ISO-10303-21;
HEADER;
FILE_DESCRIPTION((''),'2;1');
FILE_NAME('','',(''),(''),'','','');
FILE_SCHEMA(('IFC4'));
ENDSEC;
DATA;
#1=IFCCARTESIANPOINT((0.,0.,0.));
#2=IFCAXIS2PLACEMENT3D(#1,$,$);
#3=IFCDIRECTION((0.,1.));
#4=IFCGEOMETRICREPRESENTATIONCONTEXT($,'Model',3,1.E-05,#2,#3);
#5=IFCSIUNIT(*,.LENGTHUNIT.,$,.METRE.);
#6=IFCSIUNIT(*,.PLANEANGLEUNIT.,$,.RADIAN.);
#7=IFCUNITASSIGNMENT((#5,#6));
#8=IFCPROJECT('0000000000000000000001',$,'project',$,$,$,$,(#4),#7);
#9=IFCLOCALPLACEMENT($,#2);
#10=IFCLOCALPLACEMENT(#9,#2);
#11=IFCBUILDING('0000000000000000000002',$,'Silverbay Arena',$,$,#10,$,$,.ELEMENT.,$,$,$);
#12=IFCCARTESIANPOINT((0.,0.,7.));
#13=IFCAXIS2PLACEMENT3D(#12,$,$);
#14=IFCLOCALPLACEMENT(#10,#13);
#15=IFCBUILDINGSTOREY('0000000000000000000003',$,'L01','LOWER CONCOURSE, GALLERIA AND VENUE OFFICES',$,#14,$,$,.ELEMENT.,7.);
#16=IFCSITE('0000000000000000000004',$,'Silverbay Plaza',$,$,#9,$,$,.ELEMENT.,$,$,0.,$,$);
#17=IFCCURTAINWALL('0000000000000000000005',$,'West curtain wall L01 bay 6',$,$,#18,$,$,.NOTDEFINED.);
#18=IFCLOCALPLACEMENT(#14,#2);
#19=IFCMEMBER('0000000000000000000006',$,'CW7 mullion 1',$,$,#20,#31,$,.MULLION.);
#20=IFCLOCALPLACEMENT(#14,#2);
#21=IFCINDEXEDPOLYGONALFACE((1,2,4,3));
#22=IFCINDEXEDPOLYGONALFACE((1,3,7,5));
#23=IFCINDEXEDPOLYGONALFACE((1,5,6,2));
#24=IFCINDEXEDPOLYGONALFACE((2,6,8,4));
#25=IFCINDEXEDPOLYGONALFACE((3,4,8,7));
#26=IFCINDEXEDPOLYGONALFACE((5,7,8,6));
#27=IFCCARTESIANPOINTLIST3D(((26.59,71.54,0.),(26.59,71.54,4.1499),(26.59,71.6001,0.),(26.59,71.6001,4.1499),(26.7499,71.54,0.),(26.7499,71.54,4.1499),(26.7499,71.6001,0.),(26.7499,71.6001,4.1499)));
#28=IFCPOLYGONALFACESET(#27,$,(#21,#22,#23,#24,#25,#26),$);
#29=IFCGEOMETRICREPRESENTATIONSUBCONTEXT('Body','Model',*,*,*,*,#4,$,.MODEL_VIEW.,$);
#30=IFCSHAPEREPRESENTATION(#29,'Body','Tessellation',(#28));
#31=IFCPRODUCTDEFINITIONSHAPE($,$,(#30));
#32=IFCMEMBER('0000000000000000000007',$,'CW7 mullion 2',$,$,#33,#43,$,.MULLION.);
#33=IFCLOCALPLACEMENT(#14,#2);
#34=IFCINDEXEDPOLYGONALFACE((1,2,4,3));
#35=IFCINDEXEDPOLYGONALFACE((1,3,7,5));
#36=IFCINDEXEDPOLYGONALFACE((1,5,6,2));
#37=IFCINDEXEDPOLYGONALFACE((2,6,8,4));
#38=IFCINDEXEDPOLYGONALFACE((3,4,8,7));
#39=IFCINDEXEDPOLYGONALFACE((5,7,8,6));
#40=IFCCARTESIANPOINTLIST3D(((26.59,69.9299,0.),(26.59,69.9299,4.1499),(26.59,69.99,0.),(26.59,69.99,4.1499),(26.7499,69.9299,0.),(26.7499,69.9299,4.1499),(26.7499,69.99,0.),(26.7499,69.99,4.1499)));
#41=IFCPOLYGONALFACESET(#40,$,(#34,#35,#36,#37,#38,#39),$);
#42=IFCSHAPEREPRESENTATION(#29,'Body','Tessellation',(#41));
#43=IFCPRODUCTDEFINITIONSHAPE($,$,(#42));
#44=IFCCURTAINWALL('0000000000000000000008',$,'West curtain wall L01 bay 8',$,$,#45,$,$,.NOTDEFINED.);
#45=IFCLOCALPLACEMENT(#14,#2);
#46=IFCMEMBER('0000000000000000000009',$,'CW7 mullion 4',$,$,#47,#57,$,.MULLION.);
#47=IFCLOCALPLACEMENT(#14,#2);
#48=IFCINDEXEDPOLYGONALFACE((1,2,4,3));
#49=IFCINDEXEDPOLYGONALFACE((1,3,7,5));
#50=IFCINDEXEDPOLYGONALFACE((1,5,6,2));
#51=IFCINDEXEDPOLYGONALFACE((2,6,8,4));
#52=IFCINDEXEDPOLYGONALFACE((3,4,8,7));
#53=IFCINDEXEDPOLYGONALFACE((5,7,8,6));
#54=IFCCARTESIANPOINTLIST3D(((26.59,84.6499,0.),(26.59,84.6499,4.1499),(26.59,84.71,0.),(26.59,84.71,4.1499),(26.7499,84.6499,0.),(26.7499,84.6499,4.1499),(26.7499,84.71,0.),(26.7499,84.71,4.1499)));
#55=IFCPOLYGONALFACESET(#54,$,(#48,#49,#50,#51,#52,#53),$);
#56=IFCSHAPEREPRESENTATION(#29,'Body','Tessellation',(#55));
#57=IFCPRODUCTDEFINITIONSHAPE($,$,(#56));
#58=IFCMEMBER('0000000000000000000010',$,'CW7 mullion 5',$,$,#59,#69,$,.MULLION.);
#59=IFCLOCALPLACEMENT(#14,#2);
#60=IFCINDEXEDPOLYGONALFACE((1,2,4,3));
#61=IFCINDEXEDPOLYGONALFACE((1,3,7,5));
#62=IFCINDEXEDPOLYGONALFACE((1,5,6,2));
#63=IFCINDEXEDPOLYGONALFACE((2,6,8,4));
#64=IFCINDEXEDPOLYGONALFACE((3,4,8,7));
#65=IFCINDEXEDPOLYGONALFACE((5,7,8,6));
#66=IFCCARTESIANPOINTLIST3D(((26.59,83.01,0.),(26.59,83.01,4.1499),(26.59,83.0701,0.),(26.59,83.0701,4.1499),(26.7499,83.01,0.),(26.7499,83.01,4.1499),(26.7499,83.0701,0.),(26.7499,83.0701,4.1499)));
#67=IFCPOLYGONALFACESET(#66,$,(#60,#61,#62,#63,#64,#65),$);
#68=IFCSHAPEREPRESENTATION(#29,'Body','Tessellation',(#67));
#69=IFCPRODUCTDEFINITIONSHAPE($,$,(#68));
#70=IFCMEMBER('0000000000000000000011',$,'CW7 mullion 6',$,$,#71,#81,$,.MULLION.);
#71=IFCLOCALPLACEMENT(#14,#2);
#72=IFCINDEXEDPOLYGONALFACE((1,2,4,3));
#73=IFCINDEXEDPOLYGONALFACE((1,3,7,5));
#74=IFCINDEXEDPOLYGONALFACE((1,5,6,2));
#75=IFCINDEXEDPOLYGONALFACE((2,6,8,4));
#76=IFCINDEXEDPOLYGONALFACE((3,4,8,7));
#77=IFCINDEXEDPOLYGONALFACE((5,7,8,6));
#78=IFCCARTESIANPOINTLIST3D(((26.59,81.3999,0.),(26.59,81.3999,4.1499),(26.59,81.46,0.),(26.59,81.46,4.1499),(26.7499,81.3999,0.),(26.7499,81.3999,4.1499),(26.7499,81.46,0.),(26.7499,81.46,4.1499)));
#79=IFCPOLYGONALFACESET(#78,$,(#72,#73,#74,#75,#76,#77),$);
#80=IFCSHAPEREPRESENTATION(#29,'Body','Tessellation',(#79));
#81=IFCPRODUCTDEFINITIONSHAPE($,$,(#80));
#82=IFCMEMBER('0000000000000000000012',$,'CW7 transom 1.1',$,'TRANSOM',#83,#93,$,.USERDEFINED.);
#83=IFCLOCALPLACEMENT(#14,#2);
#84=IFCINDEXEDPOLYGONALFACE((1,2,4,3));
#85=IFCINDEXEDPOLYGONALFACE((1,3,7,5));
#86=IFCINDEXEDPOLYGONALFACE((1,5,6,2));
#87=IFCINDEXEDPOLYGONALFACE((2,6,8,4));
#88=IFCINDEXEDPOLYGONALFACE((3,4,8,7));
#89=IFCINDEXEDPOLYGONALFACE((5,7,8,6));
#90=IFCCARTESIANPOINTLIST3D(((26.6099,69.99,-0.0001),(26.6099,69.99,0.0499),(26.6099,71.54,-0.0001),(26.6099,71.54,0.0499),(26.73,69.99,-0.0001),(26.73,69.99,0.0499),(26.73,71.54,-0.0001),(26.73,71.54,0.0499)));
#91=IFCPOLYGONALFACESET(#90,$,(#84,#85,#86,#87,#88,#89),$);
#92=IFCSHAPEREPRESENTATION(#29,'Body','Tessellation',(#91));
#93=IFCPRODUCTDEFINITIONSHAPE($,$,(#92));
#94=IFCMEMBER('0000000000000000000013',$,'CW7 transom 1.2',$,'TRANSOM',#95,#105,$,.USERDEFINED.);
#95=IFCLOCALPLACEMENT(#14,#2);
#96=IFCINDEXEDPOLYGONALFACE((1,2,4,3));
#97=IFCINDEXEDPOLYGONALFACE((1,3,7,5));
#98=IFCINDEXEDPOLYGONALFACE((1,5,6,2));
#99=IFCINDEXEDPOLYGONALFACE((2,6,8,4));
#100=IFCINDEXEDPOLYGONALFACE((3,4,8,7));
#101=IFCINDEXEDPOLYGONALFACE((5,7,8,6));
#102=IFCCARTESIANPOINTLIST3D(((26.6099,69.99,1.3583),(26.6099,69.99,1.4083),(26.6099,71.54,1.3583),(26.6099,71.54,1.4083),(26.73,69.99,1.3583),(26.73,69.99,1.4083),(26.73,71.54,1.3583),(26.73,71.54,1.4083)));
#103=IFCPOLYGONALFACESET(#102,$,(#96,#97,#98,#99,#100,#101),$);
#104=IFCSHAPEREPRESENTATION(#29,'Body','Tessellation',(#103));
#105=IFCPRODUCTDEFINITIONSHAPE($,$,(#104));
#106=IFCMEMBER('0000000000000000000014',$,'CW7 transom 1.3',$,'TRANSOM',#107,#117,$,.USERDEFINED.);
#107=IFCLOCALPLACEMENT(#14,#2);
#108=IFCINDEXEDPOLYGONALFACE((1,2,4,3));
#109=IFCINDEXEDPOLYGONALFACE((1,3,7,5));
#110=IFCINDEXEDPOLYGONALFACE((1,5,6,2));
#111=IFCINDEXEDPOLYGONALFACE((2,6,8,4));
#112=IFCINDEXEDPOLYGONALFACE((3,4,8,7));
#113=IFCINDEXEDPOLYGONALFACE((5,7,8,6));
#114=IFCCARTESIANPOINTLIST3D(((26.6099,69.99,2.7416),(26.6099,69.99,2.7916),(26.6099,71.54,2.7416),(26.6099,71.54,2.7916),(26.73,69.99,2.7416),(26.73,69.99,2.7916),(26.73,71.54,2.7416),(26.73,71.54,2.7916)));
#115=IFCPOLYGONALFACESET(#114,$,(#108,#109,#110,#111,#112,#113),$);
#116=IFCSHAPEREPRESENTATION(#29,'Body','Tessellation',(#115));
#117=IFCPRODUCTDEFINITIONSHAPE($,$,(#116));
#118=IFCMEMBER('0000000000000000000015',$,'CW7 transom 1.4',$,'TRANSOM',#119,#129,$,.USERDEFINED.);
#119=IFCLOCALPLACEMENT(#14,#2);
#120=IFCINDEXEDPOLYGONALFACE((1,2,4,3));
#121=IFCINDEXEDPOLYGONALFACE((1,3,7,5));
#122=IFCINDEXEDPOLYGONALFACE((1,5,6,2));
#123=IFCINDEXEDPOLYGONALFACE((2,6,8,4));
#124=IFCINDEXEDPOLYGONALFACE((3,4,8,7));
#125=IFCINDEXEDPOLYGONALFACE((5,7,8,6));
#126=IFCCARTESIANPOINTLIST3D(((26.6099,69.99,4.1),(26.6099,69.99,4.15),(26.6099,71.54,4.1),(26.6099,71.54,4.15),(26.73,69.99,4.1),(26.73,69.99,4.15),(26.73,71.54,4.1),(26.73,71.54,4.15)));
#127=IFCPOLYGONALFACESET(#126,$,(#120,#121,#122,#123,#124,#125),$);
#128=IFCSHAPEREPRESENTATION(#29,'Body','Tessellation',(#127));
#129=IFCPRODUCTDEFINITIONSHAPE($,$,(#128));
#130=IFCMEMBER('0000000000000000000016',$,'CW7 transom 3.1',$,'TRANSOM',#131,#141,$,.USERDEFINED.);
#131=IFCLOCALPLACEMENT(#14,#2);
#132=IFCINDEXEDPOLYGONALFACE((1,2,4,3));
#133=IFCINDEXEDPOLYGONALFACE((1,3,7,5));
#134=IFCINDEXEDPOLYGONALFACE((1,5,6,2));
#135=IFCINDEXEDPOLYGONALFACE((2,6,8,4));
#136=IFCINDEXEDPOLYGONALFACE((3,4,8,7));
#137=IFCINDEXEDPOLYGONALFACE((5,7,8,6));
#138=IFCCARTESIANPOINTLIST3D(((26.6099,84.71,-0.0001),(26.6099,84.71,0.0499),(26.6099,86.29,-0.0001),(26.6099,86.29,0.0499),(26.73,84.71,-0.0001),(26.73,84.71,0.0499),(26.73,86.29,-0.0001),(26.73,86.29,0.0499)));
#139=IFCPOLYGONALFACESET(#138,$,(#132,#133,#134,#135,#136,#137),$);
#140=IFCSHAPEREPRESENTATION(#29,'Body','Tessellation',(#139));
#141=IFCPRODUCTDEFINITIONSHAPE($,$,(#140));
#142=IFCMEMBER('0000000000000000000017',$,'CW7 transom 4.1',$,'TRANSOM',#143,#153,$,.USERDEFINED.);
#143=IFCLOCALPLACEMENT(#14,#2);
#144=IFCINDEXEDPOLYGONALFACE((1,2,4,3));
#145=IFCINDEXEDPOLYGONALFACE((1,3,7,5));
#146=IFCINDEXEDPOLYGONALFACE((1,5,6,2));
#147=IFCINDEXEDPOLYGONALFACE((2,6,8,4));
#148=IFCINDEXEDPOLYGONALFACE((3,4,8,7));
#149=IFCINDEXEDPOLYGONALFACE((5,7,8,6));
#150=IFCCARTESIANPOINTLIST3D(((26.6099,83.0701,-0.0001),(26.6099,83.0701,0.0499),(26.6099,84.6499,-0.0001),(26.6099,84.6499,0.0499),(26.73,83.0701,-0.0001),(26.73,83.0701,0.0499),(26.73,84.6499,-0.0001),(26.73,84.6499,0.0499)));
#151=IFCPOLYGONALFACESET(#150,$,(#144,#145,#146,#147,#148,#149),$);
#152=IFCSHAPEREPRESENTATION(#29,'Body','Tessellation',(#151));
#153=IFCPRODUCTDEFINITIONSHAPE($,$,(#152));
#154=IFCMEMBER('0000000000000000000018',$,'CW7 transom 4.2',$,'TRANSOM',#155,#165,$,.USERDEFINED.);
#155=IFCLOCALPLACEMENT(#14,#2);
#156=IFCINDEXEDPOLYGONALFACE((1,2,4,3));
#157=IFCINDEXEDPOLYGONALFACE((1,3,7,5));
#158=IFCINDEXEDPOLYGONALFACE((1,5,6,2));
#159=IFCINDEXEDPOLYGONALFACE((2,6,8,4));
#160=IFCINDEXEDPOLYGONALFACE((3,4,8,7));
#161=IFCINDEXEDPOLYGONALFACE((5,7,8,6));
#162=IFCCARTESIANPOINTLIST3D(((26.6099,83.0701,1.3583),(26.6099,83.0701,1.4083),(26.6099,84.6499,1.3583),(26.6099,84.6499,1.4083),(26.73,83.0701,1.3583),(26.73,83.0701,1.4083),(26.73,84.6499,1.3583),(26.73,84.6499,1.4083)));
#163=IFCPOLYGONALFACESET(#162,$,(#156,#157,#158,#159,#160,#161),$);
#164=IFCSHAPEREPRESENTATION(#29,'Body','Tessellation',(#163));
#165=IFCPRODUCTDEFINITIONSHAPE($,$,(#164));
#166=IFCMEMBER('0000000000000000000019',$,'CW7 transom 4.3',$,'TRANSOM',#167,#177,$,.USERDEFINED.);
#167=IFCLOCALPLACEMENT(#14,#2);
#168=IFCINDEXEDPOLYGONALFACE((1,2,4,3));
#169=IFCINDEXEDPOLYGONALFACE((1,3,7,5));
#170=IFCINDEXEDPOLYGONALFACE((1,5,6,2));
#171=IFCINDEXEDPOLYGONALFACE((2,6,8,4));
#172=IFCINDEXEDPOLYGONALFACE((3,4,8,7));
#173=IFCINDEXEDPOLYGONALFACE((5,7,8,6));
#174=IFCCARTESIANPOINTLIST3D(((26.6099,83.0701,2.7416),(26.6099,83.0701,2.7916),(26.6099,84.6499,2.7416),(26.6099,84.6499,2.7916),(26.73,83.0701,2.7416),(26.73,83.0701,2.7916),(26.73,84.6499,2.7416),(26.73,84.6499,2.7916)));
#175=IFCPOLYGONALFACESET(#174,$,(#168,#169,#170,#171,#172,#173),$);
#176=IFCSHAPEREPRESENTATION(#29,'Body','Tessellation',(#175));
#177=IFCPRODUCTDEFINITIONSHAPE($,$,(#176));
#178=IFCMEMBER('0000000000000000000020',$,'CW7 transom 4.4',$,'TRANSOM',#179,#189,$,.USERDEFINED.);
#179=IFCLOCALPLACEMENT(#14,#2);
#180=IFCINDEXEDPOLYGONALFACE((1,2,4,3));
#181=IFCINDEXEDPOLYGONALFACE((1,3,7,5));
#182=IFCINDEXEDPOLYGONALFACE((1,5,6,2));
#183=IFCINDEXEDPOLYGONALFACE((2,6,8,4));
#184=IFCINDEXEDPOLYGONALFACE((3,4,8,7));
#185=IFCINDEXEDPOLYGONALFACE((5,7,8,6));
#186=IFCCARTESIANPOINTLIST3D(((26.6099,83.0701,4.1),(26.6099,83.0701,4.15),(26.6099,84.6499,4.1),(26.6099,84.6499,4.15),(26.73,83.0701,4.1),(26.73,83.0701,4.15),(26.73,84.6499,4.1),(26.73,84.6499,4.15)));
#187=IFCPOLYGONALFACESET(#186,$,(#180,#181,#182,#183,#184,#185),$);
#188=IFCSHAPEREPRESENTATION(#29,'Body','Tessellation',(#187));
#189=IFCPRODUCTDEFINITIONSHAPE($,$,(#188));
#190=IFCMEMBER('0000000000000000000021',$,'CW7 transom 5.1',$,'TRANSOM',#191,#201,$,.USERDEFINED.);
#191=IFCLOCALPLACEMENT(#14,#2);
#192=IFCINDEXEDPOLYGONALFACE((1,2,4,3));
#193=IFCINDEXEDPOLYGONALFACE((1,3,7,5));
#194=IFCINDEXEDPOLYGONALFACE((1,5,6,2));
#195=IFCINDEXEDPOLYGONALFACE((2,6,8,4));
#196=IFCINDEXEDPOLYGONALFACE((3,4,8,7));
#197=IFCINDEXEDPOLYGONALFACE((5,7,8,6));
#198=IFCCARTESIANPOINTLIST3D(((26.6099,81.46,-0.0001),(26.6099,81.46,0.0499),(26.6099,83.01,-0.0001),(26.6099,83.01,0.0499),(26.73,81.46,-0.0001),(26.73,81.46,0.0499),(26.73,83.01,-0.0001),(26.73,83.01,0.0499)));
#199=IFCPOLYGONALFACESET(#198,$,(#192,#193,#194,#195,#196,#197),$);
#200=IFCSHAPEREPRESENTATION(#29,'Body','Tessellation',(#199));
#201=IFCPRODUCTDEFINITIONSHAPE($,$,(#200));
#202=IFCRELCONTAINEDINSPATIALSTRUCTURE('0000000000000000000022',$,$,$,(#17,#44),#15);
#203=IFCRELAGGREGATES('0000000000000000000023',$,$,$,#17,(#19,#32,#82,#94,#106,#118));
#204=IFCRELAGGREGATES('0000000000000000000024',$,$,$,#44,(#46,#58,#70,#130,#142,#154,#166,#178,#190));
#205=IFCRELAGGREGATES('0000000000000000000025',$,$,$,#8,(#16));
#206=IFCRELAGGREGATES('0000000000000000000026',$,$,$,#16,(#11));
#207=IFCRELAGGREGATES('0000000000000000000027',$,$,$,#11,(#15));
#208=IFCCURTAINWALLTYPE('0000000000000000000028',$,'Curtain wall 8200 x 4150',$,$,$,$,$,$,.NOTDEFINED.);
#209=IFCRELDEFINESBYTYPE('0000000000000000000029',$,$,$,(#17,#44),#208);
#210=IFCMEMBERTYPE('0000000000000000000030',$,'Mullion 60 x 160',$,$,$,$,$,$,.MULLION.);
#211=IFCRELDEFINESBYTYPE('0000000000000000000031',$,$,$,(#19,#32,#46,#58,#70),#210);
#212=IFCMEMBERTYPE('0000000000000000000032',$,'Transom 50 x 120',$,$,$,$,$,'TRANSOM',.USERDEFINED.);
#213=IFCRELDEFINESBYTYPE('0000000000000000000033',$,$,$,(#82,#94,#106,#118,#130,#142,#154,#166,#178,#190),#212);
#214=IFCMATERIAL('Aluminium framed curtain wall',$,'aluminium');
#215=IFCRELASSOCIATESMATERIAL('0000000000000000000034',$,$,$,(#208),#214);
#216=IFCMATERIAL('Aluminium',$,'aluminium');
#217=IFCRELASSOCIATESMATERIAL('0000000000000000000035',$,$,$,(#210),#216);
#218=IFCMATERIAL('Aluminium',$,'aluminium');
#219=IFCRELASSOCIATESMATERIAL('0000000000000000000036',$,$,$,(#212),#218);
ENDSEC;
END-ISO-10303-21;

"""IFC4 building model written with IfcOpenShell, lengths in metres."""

from ifc_helpers import new_model, si_unit, direction, frame, origin, origin_2d, place, context, subcontext, project, spatial, rectangle, extrude, material, material_profile, profile_set, type_object, element, aggregate, save


model = new_model("IFC4")

# Units and contexts
model_context = context("Model", 3, precision=1e-05, world=origin(), true_north=direction((0.0, 1.0)))
body_context = subcontext(model_context, "Body", "Model", "MODEL_VIEW")
ifc_project = project(units=[si_unit("LENGTHUNIT", "METRE"), si_unit("PLANEANGLEUNIT", "RADIAN")], contexts=[model_context])

# Site, building, storey
site_placement = place(None, origin())
site = spatial("IfcSite", under=ifc_project, at=site_placement, Name="Silverbay Plaza", CompositionType="ELEMENT", RefElevation=0.0)
building_placement = place(site_placement, origin())
building = spatial("IfcBuilding", under=site, at=building_placement, Name="Silverbay Arena", CompositionType="ELEMENT")
storey_placement = place(building_placement, frame((0.0, 0.0, 7.0)))
storey = spatial("IfcBuildingStorey", under=building, at=storey_placement, Name="L01", Description="LOWER CONCOURSE, GALLERIA AND VENUE OFFICES", CompositionType="ELEMENT", Elevation=7.0)

# Curtain walls, members
ifc_material_1 = material(Name="Aluminium framed curtain wall", Category="aluminium")
curtain_wall_type = type_object("IfcCurtainWallType", Name="Curtain wall 8200 x 4150", PredefinedType="NOTDEFINED", material=ifc_material_1)
curtain_wall_1_placement = place(storey_placement, origin())
curtain_wall_1 = element("IfcCurtainWall", 1, at=curtain_wall_1_placement, inside=storey, type_object=curtain_wall_type, Name="West curtain wall L01 bay 6", PredefinedType="NOTDEFINED")
ifc_material_2 = material(Name="Aluminium", Category="aluminium")
ifc_material_profile_1 = material_profile(ifc_material_2, rectangle(XDim=0.1599, YDim=0.0601, at=origin_2d()), Name="Mullion 60 x 160")
ifc_profile_set_1 = profile_set([ifc_material_profile_1], Name="Aluminium")
member_type_1 = type_object("IfcMemberType", Name="Mullion 60 x 160", PredefinedType="MULLION", material=ifc_profile_set_1)
member_1_placement = place(storey_placement, frame((26.6699, 71.5701, 0.0), z_axis=(0.0, 0.0, 1.0), x_axis=(1.0, 0.0, 0.0)))
member_1 = element("IfcMember", 2, at=member_1_placement, type_object=member_type_1, Name="CW7 mullion 1", PredefinedType="MULLION", context=body_context, shape_type="SweptSolid", body=[
    extrude(rectangle(XDim=0.1599, YDim=0.0601, at=origin_2d()), origin(), (0.0, 0.0, 1.0), 4.1499),
])
member_2_placement = place(storey_placement, frame((26.6699, 69.96, 0.0), z_axis=(0.0, 0.0, 1.0), x_axis=(1.0, 0.0, 0.0)))
member_2 = element("IfcMember", 3, at=member_2_placement, type_object=member_type_1, Name="CW7 mullion 2", PredefinedType="MULLION", context=body_context, shape_type="SweptSolid", body=[
    extrude(rectangle(XDim=0.1599, YDim=0.0601, at=origin_2d()), origin(), (0.0, 0.0, 1.0), 4.1499),
])
curtain_wall_2_placement = place(storey_placement, origin())
curtain_wall_2 = element("IfcCurtainWall", 4, at=curtain_wall_2_placement, inside=storey, type_object=curtain_wall_type, Name="West curtain wall L01 bay 8", PredefinedType="NOTDEFINED")
member_3_placement = place(storey_placement, frame((26.6699, 84.6799, 0.0), z_axis=(0.0, 0.0, 1.0), x_axis=(1.0, 0.0, 0.0)))
member_3 = element("IfcMember", 5, at=member_3_placement, type_object=member_type_1, Name="CW7 mullion 4", PredefinedType="MULLION", context=body_context, shape_type="SweptSolid", body=[
    extrude(rectangle(XDim=0.1599, YDim=0.0601, at=origin_2d()), origin(), (0.0, 0.0, 1.0), 4.1499),
])
member_4_placement = place(storey_placement, frame((26.6699, 83.04, 0.0), z_axis=(0.0, 0.0, 1.0), x_axis=(1.0, 0.0, 0.0)))
member_4 = element("IfcMember", 6, at=member_4_placement, type_object=member_type_1, Name="CW7 mullion 5", PredefinedType="MULLION", context=body_context, shape_type="SweptSolid", body=[
    extrude(rectangle(XDim=0.1599, YDim=0.0601, at=origin_2d()), origin(), (0.0, 0.0, 1.0), 4.1499),
])
member_5_placement = place(storey_placement, frame((26.6699, 81.4299, 0.0), z_axis=(0.0, 0.0, 1.0), x_axis=(1.0, 0.0, 0.0)))
member_5 = element("IfcMember", 7, at=member_5_placement, type_object=member_type_1, Name="CW7 mullion 6", PredefinedType="MULLION", context=body_context, shape_type="SweptSolid", body=[
    extrude(rectangle(XDim=0.1599, YDim=0.0601, at=origin_2d()), origin(), (0.0, 0.0, 1.0), 4.1499),
])

# Members
ifc_material_3 = material(Name="Aluminium", Category="aluminium")
ifc_material_profile_2 = material_profile(ifc_material_3, rectangle(XDim=0.1201, YDim=0.05, at=origin_2d()), Name="Transom 50 x 120")
ifc_profile_set_2 = profile_set([ifc_material_profile_2], Name="Aluminium")
member_type_2 = type_object("IfcMemberType", Name="Transom 50 x 120", ElementType="TRANSOM", PredefinedType="USERDEFINED", material=ifc_profile_set_2)
member_6_placement = place(storey_placement, frame((26.6699, 71.54, 0.0249), z_axis=(0.0, -1.0, 0.0), x_axis=(1.0, 0.0, 0.0)))
member_6 = element("IfcMember", 8, at=member_6_placement, type_object=member_type_2, Name="CW7 transom 1.1", ObjectType="TRANSOM", PredefinedType="USERDEFINED", context=body_context, shape_type="SweptSolid", body=[
    extrude(rectangle(XDim=0.1201, YDim=0.05, at=origin_2d()), origin(), (0.0, 0.0, 1.0), 1.55),
])
member_7_placement = place(storey_placement, frame((26.6699, 71.54, 1.3833), z_axis=(0.0, -1.0, 0.0), x_axis=(1.0, 0.0, 0.0)))
member_7 = element("IfcMember", 9, at=member_7_placement, type_object=member_type_2, Name="CW7 transom 1.2", ObjectType="TRANSOM", PredefinedType="USERDEFINED", context=body_context, shape_type="SweptSolid", body=[
    extrude(rectangle(XDim=0.1201, YDim=0.05, at=origin_2d()), origin(), (0.0, 0.0, 1.0), 1.55),
])
member_8_placement = place(storey_placement, frame((26.6699, 71.54, 2.7666), z_axis=(0.0, -1.0, 0.0), x_axis=(1.0, 0.0, 0.0)))
member_8 = element("IfcMember", 10, at=member_8_placement, type_object=member_type_2, Name="CW7 transom 1.3", ObjectType="TRANSOM", PredefinedType="USERDEFINED", context=body_context, shape_type="SweptSolid", body=[
    extrude(rectangle(XDim=0.1201, YDim=0.05, at=origin_2d()), origin(), (0.0, 0.0, 1.0), 1.55),
])
member_9_placement = place(storey_placement, frame((26.6699, 71.54, 4.125), z_axis=(0.0, -1.0, 0.0), x_axis=(1.0, 0.0, 0.0)))
member_9 = element("IfcMember", 11, at=member_9_placement, type_object=member_type_2, Name="CW7 transom 1.4", ObjectType="TRANSOM", PredefinedType="USERDEFINED", context=body_context, shape_type="SweptSolid", body=[
    extrude(rectangle(XDim=0.1201, YDim=0.05, at=origin_2d()), origin(), (0.0, 0.0, 1.0), 1.55),
])
member_10_placement = place(storey_placement, frame((26.6699, 86.29, 0.0249), z_axis=(0.0, -1.0, 0.0), x_axis=(1.0, 0.0, 0.0)))
member_10 = element("IfcMember", 12, at=member_10_placement, type_object=member_type_2, Name="CW7 transom 3.1", ObjectType="TRANSOM", PredefinedType="USERDEFINED", context=body_context, shape_type="SweptSolid", body=[
    extrude(rectangle(XDim=0.1201, YDim=0.05, at=origin_2d()), origin(), (0.0, 0.0, 1.0), 1.5801),
])
member_11_placement = place(storey_placement, frame((26.6699, 84.6499, 0.0249), z_axis=(0.0, -1.0, 0.0), x_axis=(1.0, 0.0, 0.0)))
member_11 = element("IfcMember", 13, at=member_11_placement, type_object=member_type_2, Name="CW7 transom 4.1", ObjectType="TRANSOM", PredefinedType="USERDEFINED", context=body_context, shape_type="SweptSolid", body=[
    extrude(rectangle(XDim=0.1201, YDim=0.05, at=origin_2d()), origin(), (0.0, 0.0, 1.0), 1.5798),
])
member_12_placement = place(storey_placement, frame((26.6699, 84.6499, 1.3833), z_axis=(0.0, -1.0, 0.0), x_axis=(1.0, 0.0, 0.0)))
member_12 = element("IfcMember", 14, at=member_12_placement, type_object=member_type_2, Name="CW7 transom 4.2", ObjectType="TRANSOM", PredefinedType="USERDEFINED", context=body_context, shape_type="SweptSolid", body=[
    extrude(rectangle(XDim=0.1201, YDim=0.05, at=origin_2d()), origin(), (0.0, 0.0, 1.0), 1.5798),
])
member_13_placement = place(storey_placement, frame((26.6699, 84.6499, 2.7666), z_axis=(0.0, -1.0, 0.0), x_axis=(1.0, 0.0, 0.0)))
member_13 = element("IfcMember", 15, at=member_13_placement, type_object=member_type_2, Name="CW7 transom 4.3", ObjectType="TRANSOM", PredefinedType="USERDEFINED", context=body_context, shape_type="SweptSolid", body=[
    extrude(rectangle(XDim=0.1201, YDim=0.05, at=origin_2d()), origin(), (0.0, 0.0, 1.0), 1.5798),
])
member_14_placement = place(storey_placement, frame((26.6699, 84.6499, 4.125), z_axis=(0.0, -1.0, 0.0), x_axis=(1.0, 0.0, 0.0)))
member_14 = element("IfcMember", 16, at=member_14_placement, type_object=member_type_2, Name="CW7 transom 4.4", ObjectType="TRANSOM", PredefinedType="USERDEFINED", context=body_context, shape_type="SweptSolid", body=[
    extrude(rectangle(XDim=0.1201, YDim=0.05, at=origin_2d()), origin(), (0.0, 0.0, 1.0), 1.5798),
])
member_15_placement = place(storey_placement, frame((26.6699, 83.01, 0.0249), z_axis=(0.0, -1.0, 0.0), x_axis=(1.0, 0.0, 0.0)))
member_15 = element("IfcMember", 17, at=member_15_placement, type_object=member_type_2, Name="CW7 transom 5.1", ObjectType="TRANSOM", PredefinedType="USERDEFINED", context=body_context, shape_type="SweptSolid", body=[
    extrude(rectangle(XDim=0.1201, YDim=0.05, at=origin_2d()), origin(), (0.0, 0.0, 1.0), 1.55),
])

aggregate(curtain_wall_1, [member_1, member_2, member_6, member_7, member_8, member_9])
aggregate(curtain_wall_2, [member_3, member_4, member_5, member_10, member_11, member_12, member_13, member_14, member_15])

save(model, "model.ifc")
